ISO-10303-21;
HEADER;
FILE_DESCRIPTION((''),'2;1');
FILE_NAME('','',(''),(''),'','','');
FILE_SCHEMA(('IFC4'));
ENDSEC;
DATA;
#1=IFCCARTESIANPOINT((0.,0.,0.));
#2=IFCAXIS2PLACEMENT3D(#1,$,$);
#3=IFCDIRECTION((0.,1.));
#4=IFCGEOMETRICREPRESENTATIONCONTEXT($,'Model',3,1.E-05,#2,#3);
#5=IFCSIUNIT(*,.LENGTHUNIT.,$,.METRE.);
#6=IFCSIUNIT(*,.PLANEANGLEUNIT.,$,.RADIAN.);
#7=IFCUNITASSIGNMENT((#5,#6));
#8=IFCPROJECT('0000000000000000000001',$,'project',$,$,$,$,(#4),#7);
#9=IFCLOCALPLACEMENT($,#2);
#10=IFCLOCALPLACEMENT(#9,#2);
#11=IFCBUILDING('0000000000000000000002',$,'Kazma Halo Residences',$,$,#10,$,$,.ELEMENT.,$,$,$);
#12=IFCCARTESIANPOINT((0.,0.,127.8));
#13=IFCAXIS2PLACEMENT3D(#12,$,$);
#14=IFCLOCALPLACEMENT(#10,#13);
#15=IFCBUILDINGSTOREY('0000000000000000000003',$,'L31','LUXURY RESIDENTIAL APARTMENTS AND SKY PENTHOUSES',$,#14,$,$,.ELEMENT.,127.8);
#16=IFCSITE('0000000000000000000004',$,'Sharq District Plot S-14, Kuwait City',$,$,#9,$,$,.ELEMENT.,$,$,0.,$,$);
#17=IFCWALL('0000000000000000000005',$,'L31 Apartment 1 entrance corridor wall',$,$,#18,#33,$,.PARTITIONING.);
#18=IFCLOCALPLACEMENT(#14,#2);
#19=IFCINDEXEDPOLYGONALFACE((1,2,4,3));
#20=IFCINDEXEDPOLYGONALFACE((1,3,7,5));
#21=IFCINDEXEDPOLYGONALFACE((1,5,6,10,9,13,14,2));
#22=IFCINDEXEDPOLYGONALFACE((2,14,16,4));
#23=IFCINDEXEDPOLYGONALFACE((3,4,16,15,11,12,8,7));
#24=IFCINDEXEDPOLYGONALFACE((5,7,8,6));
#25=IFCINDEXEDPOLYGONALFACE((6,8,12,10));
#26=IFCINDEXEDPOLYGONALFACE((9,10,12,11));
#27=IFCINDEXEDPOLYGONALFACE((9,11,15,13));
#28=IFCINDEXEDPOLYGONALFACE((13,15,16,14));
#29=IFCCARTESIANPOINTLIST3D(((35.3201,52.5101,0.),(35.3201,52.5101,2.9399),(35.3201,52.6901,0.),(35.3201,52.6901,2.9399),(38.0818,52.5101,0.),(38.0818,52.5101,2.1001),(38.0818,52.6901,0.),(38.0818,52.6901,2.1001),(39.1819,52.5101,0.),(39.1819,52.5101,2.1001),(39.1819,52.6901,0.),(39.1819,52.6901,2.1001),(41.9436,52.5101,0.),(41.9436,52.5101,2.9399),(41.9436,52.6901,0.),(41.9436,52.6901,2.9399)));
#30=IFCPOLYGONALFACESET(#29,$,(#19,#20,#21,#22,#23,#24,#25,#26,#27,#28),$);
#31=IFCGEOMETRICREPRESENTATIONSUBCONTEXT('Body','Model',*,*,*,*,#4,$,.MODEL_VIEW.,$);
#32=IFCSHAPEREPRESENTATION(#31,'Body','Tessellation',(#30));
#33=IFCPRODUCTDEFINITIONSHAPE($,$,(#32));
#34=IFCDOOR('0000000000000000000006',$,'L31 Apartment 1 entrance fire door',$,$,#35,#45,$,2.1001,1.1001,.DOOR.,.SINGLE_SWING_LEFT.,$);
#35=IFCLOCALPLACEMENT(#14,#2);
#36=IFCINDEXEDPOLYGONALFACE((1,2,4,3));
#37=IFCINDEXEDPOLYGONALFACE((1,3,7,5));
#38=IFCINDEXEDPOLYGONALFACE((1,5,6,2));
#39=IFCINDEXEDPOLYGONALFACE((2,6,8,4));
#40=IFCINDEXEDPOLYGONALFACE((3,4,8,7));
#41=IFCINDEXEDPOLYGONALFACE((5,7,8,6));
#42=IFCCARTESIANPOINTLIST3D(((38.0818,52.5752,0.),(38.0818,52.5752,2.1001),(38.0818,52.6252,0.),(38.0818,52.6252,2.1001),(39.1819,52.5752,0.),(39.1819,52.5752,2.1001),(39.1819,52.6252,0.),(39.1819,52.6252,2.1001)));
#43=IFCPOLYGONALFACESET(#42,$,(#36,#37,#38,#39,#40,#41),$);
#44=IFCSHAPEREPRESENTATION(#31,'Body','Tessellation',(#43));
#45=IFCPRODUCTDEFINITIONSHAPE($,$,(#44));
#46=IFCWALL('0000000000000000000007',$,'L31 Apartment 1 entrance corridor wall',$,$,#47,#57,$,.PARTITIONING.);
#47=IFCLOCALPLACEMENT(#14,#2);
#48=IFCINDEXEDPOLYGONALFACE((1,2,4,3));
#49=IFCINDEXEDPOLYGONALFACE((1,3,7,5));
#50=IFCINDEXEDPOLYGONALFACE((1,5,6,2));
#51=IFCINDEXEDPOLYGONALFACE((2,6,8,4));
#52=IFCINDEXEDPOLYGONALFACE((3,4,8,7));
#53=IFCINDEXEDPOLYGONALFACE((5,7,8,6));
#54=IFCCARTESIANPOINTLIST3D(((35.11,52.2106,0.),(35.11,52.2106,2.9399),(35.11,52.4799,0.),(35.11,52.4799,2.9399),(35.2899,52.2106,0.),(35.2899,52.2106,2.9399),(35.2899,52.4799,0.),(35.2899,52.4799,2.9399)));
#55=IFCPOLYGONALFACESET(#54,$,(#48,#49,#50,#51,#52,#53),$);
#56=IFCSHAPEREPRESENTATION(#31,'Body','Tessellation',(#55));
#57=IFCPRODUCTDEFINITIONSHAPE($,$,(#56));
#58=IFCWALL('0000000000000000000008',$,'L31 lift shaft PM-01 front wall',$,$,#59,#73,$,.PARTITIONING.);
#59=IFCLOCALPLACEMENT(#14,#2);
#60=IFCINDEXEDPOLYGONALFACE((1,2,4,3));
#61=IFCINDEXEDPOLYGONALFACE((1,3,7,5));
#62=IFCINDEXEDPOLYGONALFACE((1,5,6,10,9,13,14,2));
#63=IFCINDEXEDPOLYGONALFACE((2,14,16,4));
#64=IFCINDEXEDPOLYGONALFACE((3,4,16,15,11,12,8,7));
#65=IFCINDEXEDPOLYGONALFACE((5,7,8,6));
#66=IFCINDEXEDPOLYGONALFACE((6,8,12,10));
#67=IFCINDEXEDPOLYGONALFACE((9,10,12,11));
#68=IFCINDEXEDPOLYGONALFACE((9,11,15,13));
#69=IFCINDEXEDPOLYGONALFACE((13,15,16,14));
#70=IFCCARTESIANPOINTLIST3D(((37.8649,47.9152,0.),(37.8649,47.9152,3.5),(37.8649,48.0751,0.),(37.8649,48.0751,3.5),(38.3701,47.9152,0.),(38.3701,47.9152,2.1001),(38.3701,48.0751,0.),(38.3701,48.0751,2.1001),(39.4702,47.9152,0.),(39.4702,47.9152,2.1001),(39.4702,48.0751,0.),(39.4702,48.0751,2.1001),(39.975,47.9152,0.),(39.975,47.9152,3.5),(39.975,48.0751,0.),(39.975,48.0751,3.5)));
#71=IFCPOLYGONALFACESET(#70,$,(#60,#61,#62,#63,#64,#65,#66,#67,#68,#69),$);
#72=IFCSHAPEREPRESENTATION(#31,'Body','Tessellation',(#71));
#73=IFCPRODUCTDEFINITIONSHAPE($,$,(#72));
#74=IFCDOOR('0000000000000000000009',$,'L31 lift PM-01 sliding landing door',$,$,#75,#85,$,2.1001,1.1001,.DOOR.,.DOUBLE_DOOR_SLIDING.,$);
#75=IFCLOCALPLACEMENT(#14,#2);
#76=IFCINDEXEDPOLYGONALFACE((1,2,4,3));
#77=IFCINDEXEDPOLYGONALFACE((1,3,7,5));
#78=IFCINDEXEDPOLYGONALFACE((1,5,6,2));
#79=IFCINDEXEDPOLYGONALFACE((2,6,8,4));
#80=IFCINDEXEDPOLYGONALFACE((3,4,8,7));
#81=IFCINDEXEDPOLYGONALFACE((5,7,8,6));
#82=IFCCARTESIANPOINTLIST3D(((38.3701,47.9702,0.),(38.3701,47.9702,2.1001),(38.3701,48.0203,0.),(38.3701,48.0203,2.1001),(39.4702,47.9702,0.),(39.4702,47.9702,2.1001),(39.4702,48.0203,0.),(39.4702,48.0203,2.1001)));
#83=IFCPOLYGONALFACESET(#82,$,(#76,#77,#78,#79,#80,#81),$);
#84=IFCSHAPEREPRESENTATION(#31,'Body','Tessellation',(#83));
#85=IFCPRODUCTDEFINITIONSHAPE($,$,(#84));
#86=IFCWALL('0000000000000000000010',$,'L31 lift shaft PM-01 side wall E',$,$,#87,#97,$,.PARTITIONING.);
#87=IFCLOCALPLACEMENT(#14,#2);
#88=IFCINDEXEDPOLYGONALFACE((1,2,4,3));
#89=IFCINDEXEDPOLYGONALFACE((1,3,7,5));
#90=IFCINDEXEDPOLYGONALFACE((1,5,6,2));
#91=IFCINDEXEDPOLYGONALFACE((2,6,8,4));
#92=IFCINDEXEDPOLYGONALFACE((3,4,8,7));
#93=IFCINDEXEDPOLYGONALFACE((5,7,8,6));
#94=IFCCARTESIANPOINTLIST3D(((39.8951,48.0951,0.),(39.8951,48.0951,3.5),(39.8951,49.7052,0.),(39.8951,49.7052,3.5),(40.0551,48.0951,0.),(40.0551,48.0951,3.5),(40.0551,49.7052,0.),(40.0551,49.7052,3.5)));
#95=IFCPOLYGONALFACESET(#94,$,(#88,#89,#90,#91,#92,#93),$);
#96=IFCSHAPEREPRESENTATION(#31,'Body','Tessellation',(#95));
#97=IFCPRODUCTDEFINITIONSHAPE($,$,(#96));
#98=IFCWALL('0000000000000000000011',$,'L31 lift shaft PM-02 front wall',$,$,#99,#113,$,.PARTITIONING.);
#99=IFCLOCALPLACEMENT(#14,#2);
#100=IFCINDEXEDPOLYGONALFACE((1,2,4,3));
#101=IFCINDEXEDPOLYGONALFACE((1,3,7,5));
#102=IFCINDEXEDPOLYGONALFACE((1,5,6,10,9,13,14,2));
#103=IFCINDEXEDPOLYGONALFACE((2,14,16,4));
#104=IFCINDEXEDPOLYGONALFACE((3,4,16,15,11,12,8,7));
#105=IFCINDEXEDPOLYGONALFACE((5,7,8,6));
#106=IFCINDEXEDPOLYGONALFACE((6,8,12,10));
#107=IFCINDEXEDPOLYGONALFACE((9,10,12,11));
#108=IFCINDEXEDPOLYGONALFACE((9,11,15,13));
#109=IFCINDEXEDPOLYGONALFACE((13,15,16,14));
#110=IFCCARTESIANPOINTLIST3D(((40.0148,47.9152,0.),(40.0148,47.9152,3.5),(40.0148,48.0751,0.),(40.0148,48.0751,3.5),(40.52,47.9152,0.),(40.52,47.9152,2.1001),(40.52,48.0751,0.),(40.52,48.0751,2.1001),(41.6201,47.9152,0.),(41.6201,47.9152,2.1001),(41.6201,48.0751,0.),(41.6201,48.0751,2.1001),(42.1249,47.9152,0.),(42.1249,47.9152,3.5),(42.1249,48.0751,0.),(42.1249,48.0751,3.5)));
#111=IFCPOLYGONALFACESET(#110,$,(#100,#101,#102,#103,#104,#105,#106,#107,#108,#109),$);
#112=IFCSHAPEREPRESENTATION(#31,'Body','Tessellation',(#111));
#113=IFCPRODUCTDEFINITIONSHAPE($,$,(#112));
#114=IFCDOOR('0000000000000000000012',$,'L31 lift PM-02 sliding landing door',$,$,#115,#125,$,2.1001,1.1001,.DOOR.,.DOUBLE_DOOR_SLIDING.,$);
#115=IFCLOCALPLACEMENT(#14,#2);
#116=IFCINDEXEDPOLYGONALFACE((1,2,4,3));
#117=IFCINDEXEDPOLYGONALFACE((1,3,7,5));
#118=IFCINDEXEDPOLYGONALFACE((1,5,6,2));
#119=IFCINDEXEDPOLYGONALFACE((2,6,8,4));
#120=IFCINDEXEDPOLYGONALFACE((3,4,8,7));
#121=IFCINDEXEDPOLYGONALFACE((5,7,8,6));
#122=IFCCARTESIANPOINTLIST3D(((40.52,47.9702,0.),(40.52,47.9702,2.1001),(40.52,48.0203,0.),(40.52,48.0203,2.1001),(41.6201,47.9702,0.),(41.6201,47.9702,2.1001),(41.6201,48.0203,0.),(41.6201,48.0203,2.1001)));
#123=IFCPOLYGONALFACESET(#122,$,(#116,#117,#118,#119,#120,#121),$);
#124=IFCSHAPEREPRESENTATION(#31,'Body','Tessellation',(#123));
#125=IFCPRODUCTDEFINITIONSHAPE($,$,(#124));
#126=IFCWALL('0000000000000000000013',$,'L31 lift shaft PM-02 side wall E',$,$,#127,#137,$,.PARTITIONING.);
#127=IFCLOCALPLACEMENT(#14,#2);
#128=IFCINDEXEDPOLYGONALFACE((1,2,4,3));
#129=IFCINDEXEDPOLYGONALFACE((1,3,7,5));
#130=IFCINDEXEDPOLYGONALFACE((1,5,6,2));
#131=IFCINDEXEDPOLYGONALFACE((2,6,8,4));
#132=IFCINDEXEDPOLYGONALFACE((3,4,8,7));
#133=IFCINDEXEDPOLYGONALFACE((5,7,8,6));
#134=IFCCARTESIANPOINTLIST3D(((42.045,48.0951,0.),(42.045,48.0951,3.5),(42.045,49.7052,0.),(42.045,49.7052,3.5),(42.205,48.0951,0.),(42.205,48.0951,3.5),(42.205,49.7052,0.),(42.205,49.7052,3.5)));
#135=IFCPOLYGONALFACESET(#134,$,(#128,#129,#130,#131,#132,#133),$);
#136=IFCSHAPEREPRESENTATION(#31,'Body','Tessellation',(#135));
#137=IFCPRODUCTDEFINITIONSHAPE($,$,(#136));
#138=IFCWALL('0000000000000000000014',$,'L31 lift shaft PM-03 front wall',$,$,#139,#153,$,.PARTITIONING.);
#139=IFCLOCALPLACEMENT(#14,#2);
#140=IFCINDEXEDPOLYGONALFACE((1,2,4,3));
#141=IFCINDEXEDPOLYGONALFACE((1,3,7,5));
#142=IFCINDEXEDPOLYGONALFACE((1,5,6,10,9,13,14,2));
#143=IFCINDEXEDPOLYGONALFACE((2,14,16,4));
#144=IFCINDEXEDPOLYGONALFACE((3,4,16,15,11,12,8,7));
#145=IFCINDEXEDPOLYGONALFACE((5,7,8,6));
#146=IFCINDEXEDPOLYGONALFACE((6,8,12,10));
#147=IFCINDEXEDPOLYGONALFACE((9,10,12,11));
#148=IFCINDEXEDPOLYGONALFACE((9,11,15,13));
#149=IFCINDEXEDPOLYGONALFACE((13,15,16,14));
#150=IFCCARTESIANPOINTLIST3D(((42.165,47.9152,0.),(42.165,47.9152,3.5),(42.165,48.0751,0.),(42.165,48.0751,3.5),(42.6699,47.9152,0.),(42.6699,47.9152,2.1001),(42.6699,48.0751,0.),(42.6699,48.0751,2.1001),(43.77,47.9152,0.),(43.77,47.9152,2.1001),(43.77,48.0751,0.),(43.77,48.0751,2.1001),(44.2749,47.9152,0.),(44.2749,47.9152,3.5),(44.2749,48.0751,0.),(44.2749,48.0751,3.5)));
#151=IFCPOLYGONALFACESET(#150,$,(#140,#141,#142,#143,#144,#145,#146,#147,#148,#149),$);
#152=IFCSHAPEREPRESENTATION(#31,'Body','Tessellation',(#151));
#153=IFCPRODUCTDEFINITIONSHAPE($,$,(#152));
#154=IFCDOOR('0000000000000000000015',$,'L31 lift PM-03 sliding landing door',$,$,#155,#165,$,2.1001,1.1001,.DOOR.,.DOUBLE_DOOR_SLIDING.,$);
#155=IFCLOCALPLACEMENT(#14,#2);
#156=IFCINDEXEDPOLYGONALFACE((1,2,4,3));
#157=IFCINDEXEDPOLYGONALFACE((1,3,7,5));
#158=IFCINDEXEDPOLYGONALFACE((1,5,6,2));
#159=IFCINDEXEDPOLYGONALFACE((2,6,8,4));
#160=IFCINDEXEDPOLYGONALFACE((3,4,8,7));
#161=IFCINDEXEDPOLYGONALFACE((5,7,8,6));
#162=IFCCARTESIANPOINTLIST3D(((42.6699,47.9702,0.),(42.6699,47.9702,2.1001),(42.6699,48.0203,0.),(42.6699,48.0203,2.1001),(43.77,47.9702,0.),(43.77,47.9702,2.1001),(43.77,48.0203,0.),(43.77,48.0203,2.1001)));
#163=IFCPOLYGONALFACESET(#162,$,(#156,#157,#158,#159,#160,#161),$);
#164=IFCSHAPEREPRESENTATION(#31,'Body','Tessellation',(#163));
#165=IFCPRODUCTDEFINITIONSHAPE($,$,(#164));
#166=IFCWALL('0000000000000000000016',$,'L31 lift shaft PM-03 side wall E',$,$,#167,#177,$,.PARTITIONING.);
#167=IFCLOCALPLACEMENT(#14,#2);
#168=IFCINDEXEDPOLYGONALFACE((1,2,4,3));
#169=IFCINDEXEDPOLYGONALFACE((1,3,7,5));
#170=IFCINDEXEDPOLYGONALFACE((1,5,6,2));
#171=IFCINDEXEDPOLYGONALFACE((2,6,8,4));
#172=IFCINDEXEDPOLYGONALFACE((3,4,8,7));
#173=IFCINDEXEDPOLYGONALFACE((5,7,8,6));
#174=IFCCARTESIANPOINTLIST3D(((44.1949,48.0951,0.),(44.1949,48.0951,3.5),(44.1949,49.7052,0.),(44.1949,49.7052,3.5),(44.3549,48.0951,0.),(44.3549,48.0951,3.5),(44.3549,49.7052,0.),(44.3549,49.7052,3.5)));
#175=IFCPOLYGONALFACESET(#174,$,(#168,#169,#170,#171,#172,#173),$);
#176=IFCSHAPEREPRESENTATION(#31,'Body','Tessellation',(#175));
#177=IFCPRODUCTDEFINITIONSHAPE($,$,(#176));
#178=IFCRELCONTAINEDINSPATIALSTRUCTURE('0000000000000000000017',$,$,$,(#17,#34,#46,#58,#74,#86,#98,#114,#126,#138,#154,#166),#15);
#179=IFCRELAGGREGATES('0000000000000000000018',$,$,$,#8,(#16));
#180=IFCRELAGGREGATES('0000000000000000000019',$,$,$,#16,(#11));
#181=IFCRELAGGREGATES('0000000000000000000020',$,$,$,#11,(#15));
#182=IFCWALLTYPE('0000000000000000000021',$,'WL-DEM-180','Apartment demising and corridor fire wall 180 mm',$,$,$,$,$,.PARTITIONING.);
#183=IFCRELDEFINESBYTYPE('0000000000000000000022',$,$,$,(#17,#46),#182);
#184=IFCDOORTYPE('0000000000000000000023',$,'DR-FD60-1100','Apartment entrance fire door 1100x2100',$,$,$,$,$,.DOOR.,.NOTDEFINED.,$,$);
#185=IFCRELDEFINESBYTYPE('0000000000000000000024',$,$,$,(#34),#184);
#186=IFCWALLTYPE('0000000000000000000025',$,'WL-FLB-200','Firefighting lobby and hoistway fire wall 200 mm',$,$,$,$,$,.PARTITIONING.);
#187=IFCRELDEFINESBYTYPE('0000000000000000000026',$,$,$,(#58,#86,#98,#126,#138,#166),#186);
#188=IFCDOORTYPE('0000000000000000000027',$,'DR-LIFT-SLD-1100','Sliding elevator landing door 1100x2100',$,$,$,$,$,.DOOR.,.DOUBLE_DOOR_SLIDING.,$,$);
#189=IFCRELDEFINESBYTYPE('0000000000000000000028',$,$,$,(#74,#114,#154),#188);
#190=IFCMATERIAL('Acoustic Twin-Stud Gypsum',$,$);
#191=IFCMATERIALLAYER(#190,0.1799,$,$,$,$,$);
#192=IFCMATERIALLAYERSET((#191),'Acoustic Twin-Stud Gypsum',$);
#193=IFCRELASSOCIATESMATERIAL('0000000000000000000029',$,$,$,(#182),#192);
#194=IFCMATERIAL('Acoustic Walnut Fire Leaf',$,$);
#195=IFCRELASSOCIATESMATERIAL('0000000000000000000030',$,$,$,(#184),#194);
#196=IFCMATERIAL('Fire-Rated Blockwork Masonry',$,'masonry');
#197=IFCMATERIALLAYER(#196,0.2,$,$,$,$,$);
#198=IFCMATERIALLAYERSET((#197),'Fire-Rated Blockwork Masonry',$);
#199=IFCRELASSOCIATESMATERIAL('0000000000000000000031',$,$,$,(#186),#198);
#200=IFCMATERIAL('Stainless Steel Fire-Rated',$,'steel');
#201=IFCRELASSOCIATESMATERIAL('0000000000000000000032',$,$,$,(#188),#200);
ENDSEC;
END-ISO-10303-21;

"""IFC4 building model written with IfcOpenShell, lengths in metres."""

from ifc_helpers import new_model, si_unit, direction, frame, frame_2d, origin, place, context, subcontext, project, spatial, rectangle, extrude, material, layer, layer_set, type_object, element, fill, save


model = new_model("IFC4")

# Units and contexts
model_context = context("Model", 3, precision=1e-05, world=origin(), true_north=direction((0.0, 1.0)))
body_context = subcontext(model_context, "Body", "Model", "MODEL_VIEW")
ifc_project = project(units=[si_unit("LENGTHUNIT", "METRE"), si_unit("PLANEANGLEUNIT", "RADIAN")], contexts=[model_context])

# Site, building, storey
site_placement = place(None, origin())
site = spatial("IfcSite", under=ifc_project, at=site_placement, Name="Sharq District Plot S-14, Kuwait City", CompositionType="ELEMENT", RefElevation=0.0)
building_placement = place(site_placement, origin())
building = spatial("IfcBuilding", under=site, at=building_placement, Name="Kazma Halo Residences", CompositionType="ELEMENT")
storey_placement = place(building_placement, frame((0.0, 0.0, 127.8)))
storey = spatial("IfcBuildingStorey", under=building, at=storey_placement, Name="L31", Description="LUXURY RESIDENTIAL APARTMENTS AND SKY PENTHOUSES", CompositionType="ELEMENT", Elevation=127.8)

# Shared definitions
ifc_material_1 = material(Name="Acoustic Twin-Stud Gypsum")
ifc_layer_1 = layer(ifc_material_1, 0.1799)
ifc_layer_set_1 = layer_set([ifc_layer_1], Name="Acoustic Twin-Stud Gypsum")
wall_type_1 = type_object("IfcWallType", Name="WL-DEM-180", Description="Apartment demising and corridor fire wall 180 mm", PredefinedType="PARTITIONING", material=ifc_layer_set_1)

# Wall, opening, door
wall_1_placement = place(storey_placement, frame((41.9436, 52.6001, 0.0), z_axis=(0.0, 0.0, 1.0), x_axis=(-1.0, 0.0, 0.0)))
wall_1 = element("IfcWall", 1, at=wall_1_placement, inside=storey, type_object=wall_type_1, Name="L31 Apartment 1 entrance corridor wall", PredefinedType="PARTITIONING", context=body_context, shape_type="SweptSolid", body=[
    extrude(rectangle(XDim=6.6235, YDim=0.1799, at=frame_2d((3.3118, 0.0))), origin(), (0.0, 0.0, 1.0), 2.9399),
])
opening_1_placement = place(wall_1_placement, frame((2.7617, 0.0, 0.0)))
opening_1 = element("IfcOpeningElement", 2, at=opening_1_placement, cuts=wall_1, PredefinedType="OPENING", context=body_context, shape_type="SweptSolid", body=[
    extrude(rectangle(XDim=1.1001, YDim=2.1001, at=frame_2d((0.55, 1.05))), frame((0.0, 0.0999, 0.0), z_axis=(0.0, -1.0, 0.0), x_axis=(1.0, 0.0, 0.0)), (0.0, 0.0, 1.0), 0.2),
])
ifc_material_2 = material(Name="Acoustic Walnut Fire Leaf")
door_type_1 = type_object("IfcDoorType", Name="DR-FD60-1100", Description="Apartment entrance fire door 1100x2100", OperationType="NOTDEFINED", PredefinedType="DOOR", material=ifc_material_2)
door_1_placement = place(opening_1_placement, origin())
door_1 = element("IfcDoor", 3, at=door_1_placement, inside=storey, type_object=door_type_1, Name="L31 Apartment 1 entrance fire door", OperationType="SINGLE_SWING_LEFT", OverallHeight=2.1001, OverallWidth=1.1001, PredefinedType="DOOR", context=body_context, shape_type="SweptSolid", body=[
    extrude(rectangle(XDim=1.1001, YDim=2.1001, at=frame_2d((0.55, 1.05))), frame((0.0, 0.0249, 0.0), z_axis=(0.0, -1.0, 0.0), x_axis=(1.0, 0.0, 0.0)), (0.0, 0.0, 1.0), 0.05),
])
fill(opening_1, door_1)

# Wall
wall_2_placement = place(storey_placement, frame((35.2, 52.48, 0.0), z_axis=(0.0, 0.0, 1.0), x_axis=(0.0, -1.0, 0.0)))
element("IfcWall", 4, at=wall_2_placement, inside=storey, type_object=wall_type_1, Name="L31 Apartment 1 entrance corridor wall", PredefinedType="PARTITIONING", context=body_context, shape_type="SweptSolid", body=[
    extrude(rectangle(XDim=0.2693, YDim=0.1799, at=frame_2d((0.1348, 0.0))), origin(), (0.0, 0.0, 1.0), 2.9399),
])

# Wall, opening, door
ifc_material_3 = material(Name="Fire-Rated Blockwork Masonry", Category="masonry")
ifc_layer_2 = layer(ifc_material_3, 0.2)
ifc_layer_set_2 = layer_set([ifc_layer_2], Name="Fire-Rated Blockwork Masonry")
wall_type_2 = type_object("IfcWallType", Name="WL-FLB-200", Description="Firefighting lobby and hoistway fire wall 200 mm", PredefinedType="PARTITIONING", material=ifc_layer_set_2)
wall_3_placement = place(storey_placement, frame((39.9751, 47.9951, 0.0), z_axis=(0.0, 0.0, 1.0), x_axis=(-1.0, 0.0, 0.0)))
wall_3 = element("IfcWall", 5, at=wall_3_placement, inside=storey, type_object=wall_type_2, Name="L31 lift shaft PM-01 front wall", PredefinedType="PARTITIONING", context=body_context, shape_type="SweptSolid", body=[
    extrude(rectangle(XDim=2.1101, YDim=0.1599, at=frame_2d((1.0552, 0.0))), origin(), (0.0, 0.0, 1.0), 3.5),
])
opening_2_placement = place(wall_3_placement, frame((0.5049, 0.0, 0.0)))
opening_2 = element("IfcOpeningElement", 6, at=opening_2_placement, cuts=wall_3, PredefinedType="OPENING", context=body_context, shape_type="SweptSolid", body=[
    extrude(rectangle(XDim=1.1001, YDim=2.1001, at=frame_2d((0.55, 1.05))), frame((0.0, 0.0898, 0.0), z_axis=(0.0, -1.0, 0.0), x_axis=(1.0, 0.0, 0.0)), (0.0, 0.0, 1.0), 0.1799),
])
ifc_material_4 = material(Name="Stainless Steel Fire-Rated", Category="steel")
door_type_2 = type_object("IfcDoorType", Name="DR-LIFT-SLD-1100", Description="Sliding elevator landing door 1100x2100", OperationType="DOUBLE_DOOR_SLIDING", PredefinedType="DOOR", material=ifc_material_4)
door_2_placement = place(opening_2_placement, origin())
door_2 = element("IfcDoor", 7, at=door_2_placement, inside=storey, type_object=door_type_2, Name="L31 lift PM-01 sliding landing door", OperationType="DOUBLE_DOOR_SLIDING", OverallHeight=2.1001, OverallWidth=1.1001, PredefinedType="DOOR", context=body_context, shape_type="SweptSolid", body=[
    extrude(rectangle(XDim=1.1001, YDim=2.1001, at=frame_2d((0.55, 1.05))), frame((0.0, 0.0249, 0.0), z_axis=(0.0, -1.0, 0.0), x_axis=(1.0, 0.0, 0.0)), (0.0, 0.0, 1.0), 0.05),
])
fill(opening_2, door_2)

# Wall
wall_4_placement = place(storey_placement, frame((39.9751, 48.095, 0.0), z_axis=(0.0, 0.0, 1.0), x_axis=(0.0, 1.0, 0.0)))
element("IfcWall", 8, at=wall_4_placement, inside=storey, type_object=wall_type_2, Name="L31 lift shaft PM-01 side wall E", PredefinedType="PARTITIONING", context=body_context, shape_type="SweptSolid", body=[
    extrude(rectangle(XDim=1.6101, YDim=0.1599, at=frame_2d((0.8052, 0.0))), origin(), (0.0, 0.0, 1.0), 3.5),
])

# Wall, opening, door
wall_5_placement = place(storey_placement, frame((42.125, 47.9951, 0.0), z_axis=(0.0, 0.0, 1.0), x_axis=(-1.0, 0.0, 0.0)))
wall_5 = element("IfcWall", 9, at=wall_5_placement, inside=storey, type_object=wall_type_2, Name="L31 lift shaft PM-02 front wall", PredefinedType="PARTITIONING", context=body_context, shape_type="SweptSolid", body=[
    extrude(rectangle(XDim=2.1101, YDim=0.1599, at=frame_2d((1.0552, 0.0))), origin(), (0.0, 0.0, 1.0), 3.5),
])
opening_3_placement = place(wall_5_placement, frame((0.5049, 0.0, 0.0)))
opening_3 = element("IfcOpeningElement", 10, at=opening_3_placement, cuts=wall_5, PredefinedType="OPENING", context=body_context, shape_type="SweptSolid", body=[
    extrude(rectangle(XDim=1.1001, YDim=2.1001, at=frame_2d((0.55, 1.05))), frame((0.0, 0.0898, 0.0), z_axis=(0.0, -1.0, 0.0), x_axis=(1.0, 0.0, 0.0)), (0.0, 0.0, 1.0), 0.1799),
])
door_3_placement = place(opening_3_placement, origin())
door_3 = element("IfcDoor", 11, at=door_3_placement, inside=storey, type_object=door_type_2, Name="L31 lift PM-02 sliding landing door", OperationType="DOUBLE_DOOR_SLIDING", OverallHeight=2.1001, OverallWidth=1.1001, PredefinedType="DOOR", context=body_context, shape_type="SweptSolid", body=[
    extrude(rectangle(XDim=1.1001, YDim=2.1001, at=frame_2d((0.55, 1.05))), frame((0.0, 0.0249, 0.0), z_axis=(0.0, -1.0, 0.0), x_axis=(1.0, 0.0, 0.0)), (0.0, 0.0, 1.0), 0.05),
])
fill(opening_3, door_3)

# Wall
wall_6_placement = place(storey_placement, frame((42.125, 48.095, 0.0), z_axis=(0.0, 0.0, 1.0), x_axis=(0.0, 1.0, 0.0)))
element("IfcWall", 12, at=wall_6_placement, inside=storey, type_object=wall_type_2, Name="L31 lift shaft PM-02 side wall E", PredefinedType="PARTITIONING", context=body_context, shape_type="SweptSolid", body=[
    extrude(rectangle(XDim=1.6101, YDim=0.1599, at=frame_2d((0.8052, 0.0))), origin(), (0.0, 0.0, 1.0), 3.5),
])

# Wall, opening, door
wall_7_placement = place(storey_placement, frame((44.2749, 47.9951, 0.0), z_axis=(0.0, 0.0, 1.0), x_axis=(-1.0, 0.0, 0.0)))
wall_7 = element("IfcWall", 13, at=wall_7_placement, inside=storey, type_object=wall_type_2, Name="L31 lift shaft PM-03 front wall", PredefinedType="PARTITIONING", context=body_context, shape_type="SweptSolid", body=[
    extrude(rectangle(XDim=2.1099, YDim=0.1599, at=frame_2d((1.0549, 0.0))), origin(), (0.0, 0.0, 1.0), 3.5),
])
opening_4_placement = place(wall_7_placement, frame((0.5049, 0.0, 0.0)))
opening_4 = element("IfcOpeningElement", 14, at=opening_4_placement, cuts=wall_7, PredefinedType="OPENING", context=body_context, shape_type="SweptSolid", body=[
    extrude(rectangle(XDim=1.1001, YDim=2.1001, at=frame_2d((0.55, 1.05))), frame((0.0, 0.0898, 0.0), z_axis=(0.0, -1.0, 0.0), x_axis=(1.0, 0.0, 0.0)), (0.0, 0.0, 1.0), 0.1799),
])
door_4_placement = place(opening_4_placement, origin())
door_4 = element("IfcDoor", 15, at=door_4_placement, inside=storey, type_object=door_type_2, Name="L31 lift PM-03 sliding landing door", OperationType="DOUBLE_DOOR_SLIDING", OverallHeight=2.1001, OverallWidth=1.1001, PredefinedType="DOOR", context=body_context, shape_type="SweptSolid", body=[
    extrude(rectangle(XDim=1.1001, YDim=2.1001, at=frame_2d((0.55, 1.05))), frame((0.0, 0.0249, 0.0), z_axis=(0.0, -1.0, 0.0), x_axis=(1.0, 0.0, 0.0)), (0.0, 0.0, 1.0), 0.05),
])
fill(opening_4, door_4)

# Wall
wall_8_placement = place(storey_placement, frame((44.2749, 48.095, 0.0), z_axis=(0.0, 0.0, 1.0), x_axis=(0.0, 1.0, 0.0)))
element("IfcWall", 16, at=wall_8_placement, inside=storey, type_object=wall_type_2, Name="L31 lift shaft PM-03 side wall E", PredefinedType="PARTITIONING", context=body_context, shape_type="SweptSolid", body=[
    extrude(rectangle(XDim=1.6101, YDim=0.1599, at=frame_2d((0.8052, 0.0))), origin(), (0.0, 0.0, 1.0), 3.5),
])

save(model, "model.ifc")
